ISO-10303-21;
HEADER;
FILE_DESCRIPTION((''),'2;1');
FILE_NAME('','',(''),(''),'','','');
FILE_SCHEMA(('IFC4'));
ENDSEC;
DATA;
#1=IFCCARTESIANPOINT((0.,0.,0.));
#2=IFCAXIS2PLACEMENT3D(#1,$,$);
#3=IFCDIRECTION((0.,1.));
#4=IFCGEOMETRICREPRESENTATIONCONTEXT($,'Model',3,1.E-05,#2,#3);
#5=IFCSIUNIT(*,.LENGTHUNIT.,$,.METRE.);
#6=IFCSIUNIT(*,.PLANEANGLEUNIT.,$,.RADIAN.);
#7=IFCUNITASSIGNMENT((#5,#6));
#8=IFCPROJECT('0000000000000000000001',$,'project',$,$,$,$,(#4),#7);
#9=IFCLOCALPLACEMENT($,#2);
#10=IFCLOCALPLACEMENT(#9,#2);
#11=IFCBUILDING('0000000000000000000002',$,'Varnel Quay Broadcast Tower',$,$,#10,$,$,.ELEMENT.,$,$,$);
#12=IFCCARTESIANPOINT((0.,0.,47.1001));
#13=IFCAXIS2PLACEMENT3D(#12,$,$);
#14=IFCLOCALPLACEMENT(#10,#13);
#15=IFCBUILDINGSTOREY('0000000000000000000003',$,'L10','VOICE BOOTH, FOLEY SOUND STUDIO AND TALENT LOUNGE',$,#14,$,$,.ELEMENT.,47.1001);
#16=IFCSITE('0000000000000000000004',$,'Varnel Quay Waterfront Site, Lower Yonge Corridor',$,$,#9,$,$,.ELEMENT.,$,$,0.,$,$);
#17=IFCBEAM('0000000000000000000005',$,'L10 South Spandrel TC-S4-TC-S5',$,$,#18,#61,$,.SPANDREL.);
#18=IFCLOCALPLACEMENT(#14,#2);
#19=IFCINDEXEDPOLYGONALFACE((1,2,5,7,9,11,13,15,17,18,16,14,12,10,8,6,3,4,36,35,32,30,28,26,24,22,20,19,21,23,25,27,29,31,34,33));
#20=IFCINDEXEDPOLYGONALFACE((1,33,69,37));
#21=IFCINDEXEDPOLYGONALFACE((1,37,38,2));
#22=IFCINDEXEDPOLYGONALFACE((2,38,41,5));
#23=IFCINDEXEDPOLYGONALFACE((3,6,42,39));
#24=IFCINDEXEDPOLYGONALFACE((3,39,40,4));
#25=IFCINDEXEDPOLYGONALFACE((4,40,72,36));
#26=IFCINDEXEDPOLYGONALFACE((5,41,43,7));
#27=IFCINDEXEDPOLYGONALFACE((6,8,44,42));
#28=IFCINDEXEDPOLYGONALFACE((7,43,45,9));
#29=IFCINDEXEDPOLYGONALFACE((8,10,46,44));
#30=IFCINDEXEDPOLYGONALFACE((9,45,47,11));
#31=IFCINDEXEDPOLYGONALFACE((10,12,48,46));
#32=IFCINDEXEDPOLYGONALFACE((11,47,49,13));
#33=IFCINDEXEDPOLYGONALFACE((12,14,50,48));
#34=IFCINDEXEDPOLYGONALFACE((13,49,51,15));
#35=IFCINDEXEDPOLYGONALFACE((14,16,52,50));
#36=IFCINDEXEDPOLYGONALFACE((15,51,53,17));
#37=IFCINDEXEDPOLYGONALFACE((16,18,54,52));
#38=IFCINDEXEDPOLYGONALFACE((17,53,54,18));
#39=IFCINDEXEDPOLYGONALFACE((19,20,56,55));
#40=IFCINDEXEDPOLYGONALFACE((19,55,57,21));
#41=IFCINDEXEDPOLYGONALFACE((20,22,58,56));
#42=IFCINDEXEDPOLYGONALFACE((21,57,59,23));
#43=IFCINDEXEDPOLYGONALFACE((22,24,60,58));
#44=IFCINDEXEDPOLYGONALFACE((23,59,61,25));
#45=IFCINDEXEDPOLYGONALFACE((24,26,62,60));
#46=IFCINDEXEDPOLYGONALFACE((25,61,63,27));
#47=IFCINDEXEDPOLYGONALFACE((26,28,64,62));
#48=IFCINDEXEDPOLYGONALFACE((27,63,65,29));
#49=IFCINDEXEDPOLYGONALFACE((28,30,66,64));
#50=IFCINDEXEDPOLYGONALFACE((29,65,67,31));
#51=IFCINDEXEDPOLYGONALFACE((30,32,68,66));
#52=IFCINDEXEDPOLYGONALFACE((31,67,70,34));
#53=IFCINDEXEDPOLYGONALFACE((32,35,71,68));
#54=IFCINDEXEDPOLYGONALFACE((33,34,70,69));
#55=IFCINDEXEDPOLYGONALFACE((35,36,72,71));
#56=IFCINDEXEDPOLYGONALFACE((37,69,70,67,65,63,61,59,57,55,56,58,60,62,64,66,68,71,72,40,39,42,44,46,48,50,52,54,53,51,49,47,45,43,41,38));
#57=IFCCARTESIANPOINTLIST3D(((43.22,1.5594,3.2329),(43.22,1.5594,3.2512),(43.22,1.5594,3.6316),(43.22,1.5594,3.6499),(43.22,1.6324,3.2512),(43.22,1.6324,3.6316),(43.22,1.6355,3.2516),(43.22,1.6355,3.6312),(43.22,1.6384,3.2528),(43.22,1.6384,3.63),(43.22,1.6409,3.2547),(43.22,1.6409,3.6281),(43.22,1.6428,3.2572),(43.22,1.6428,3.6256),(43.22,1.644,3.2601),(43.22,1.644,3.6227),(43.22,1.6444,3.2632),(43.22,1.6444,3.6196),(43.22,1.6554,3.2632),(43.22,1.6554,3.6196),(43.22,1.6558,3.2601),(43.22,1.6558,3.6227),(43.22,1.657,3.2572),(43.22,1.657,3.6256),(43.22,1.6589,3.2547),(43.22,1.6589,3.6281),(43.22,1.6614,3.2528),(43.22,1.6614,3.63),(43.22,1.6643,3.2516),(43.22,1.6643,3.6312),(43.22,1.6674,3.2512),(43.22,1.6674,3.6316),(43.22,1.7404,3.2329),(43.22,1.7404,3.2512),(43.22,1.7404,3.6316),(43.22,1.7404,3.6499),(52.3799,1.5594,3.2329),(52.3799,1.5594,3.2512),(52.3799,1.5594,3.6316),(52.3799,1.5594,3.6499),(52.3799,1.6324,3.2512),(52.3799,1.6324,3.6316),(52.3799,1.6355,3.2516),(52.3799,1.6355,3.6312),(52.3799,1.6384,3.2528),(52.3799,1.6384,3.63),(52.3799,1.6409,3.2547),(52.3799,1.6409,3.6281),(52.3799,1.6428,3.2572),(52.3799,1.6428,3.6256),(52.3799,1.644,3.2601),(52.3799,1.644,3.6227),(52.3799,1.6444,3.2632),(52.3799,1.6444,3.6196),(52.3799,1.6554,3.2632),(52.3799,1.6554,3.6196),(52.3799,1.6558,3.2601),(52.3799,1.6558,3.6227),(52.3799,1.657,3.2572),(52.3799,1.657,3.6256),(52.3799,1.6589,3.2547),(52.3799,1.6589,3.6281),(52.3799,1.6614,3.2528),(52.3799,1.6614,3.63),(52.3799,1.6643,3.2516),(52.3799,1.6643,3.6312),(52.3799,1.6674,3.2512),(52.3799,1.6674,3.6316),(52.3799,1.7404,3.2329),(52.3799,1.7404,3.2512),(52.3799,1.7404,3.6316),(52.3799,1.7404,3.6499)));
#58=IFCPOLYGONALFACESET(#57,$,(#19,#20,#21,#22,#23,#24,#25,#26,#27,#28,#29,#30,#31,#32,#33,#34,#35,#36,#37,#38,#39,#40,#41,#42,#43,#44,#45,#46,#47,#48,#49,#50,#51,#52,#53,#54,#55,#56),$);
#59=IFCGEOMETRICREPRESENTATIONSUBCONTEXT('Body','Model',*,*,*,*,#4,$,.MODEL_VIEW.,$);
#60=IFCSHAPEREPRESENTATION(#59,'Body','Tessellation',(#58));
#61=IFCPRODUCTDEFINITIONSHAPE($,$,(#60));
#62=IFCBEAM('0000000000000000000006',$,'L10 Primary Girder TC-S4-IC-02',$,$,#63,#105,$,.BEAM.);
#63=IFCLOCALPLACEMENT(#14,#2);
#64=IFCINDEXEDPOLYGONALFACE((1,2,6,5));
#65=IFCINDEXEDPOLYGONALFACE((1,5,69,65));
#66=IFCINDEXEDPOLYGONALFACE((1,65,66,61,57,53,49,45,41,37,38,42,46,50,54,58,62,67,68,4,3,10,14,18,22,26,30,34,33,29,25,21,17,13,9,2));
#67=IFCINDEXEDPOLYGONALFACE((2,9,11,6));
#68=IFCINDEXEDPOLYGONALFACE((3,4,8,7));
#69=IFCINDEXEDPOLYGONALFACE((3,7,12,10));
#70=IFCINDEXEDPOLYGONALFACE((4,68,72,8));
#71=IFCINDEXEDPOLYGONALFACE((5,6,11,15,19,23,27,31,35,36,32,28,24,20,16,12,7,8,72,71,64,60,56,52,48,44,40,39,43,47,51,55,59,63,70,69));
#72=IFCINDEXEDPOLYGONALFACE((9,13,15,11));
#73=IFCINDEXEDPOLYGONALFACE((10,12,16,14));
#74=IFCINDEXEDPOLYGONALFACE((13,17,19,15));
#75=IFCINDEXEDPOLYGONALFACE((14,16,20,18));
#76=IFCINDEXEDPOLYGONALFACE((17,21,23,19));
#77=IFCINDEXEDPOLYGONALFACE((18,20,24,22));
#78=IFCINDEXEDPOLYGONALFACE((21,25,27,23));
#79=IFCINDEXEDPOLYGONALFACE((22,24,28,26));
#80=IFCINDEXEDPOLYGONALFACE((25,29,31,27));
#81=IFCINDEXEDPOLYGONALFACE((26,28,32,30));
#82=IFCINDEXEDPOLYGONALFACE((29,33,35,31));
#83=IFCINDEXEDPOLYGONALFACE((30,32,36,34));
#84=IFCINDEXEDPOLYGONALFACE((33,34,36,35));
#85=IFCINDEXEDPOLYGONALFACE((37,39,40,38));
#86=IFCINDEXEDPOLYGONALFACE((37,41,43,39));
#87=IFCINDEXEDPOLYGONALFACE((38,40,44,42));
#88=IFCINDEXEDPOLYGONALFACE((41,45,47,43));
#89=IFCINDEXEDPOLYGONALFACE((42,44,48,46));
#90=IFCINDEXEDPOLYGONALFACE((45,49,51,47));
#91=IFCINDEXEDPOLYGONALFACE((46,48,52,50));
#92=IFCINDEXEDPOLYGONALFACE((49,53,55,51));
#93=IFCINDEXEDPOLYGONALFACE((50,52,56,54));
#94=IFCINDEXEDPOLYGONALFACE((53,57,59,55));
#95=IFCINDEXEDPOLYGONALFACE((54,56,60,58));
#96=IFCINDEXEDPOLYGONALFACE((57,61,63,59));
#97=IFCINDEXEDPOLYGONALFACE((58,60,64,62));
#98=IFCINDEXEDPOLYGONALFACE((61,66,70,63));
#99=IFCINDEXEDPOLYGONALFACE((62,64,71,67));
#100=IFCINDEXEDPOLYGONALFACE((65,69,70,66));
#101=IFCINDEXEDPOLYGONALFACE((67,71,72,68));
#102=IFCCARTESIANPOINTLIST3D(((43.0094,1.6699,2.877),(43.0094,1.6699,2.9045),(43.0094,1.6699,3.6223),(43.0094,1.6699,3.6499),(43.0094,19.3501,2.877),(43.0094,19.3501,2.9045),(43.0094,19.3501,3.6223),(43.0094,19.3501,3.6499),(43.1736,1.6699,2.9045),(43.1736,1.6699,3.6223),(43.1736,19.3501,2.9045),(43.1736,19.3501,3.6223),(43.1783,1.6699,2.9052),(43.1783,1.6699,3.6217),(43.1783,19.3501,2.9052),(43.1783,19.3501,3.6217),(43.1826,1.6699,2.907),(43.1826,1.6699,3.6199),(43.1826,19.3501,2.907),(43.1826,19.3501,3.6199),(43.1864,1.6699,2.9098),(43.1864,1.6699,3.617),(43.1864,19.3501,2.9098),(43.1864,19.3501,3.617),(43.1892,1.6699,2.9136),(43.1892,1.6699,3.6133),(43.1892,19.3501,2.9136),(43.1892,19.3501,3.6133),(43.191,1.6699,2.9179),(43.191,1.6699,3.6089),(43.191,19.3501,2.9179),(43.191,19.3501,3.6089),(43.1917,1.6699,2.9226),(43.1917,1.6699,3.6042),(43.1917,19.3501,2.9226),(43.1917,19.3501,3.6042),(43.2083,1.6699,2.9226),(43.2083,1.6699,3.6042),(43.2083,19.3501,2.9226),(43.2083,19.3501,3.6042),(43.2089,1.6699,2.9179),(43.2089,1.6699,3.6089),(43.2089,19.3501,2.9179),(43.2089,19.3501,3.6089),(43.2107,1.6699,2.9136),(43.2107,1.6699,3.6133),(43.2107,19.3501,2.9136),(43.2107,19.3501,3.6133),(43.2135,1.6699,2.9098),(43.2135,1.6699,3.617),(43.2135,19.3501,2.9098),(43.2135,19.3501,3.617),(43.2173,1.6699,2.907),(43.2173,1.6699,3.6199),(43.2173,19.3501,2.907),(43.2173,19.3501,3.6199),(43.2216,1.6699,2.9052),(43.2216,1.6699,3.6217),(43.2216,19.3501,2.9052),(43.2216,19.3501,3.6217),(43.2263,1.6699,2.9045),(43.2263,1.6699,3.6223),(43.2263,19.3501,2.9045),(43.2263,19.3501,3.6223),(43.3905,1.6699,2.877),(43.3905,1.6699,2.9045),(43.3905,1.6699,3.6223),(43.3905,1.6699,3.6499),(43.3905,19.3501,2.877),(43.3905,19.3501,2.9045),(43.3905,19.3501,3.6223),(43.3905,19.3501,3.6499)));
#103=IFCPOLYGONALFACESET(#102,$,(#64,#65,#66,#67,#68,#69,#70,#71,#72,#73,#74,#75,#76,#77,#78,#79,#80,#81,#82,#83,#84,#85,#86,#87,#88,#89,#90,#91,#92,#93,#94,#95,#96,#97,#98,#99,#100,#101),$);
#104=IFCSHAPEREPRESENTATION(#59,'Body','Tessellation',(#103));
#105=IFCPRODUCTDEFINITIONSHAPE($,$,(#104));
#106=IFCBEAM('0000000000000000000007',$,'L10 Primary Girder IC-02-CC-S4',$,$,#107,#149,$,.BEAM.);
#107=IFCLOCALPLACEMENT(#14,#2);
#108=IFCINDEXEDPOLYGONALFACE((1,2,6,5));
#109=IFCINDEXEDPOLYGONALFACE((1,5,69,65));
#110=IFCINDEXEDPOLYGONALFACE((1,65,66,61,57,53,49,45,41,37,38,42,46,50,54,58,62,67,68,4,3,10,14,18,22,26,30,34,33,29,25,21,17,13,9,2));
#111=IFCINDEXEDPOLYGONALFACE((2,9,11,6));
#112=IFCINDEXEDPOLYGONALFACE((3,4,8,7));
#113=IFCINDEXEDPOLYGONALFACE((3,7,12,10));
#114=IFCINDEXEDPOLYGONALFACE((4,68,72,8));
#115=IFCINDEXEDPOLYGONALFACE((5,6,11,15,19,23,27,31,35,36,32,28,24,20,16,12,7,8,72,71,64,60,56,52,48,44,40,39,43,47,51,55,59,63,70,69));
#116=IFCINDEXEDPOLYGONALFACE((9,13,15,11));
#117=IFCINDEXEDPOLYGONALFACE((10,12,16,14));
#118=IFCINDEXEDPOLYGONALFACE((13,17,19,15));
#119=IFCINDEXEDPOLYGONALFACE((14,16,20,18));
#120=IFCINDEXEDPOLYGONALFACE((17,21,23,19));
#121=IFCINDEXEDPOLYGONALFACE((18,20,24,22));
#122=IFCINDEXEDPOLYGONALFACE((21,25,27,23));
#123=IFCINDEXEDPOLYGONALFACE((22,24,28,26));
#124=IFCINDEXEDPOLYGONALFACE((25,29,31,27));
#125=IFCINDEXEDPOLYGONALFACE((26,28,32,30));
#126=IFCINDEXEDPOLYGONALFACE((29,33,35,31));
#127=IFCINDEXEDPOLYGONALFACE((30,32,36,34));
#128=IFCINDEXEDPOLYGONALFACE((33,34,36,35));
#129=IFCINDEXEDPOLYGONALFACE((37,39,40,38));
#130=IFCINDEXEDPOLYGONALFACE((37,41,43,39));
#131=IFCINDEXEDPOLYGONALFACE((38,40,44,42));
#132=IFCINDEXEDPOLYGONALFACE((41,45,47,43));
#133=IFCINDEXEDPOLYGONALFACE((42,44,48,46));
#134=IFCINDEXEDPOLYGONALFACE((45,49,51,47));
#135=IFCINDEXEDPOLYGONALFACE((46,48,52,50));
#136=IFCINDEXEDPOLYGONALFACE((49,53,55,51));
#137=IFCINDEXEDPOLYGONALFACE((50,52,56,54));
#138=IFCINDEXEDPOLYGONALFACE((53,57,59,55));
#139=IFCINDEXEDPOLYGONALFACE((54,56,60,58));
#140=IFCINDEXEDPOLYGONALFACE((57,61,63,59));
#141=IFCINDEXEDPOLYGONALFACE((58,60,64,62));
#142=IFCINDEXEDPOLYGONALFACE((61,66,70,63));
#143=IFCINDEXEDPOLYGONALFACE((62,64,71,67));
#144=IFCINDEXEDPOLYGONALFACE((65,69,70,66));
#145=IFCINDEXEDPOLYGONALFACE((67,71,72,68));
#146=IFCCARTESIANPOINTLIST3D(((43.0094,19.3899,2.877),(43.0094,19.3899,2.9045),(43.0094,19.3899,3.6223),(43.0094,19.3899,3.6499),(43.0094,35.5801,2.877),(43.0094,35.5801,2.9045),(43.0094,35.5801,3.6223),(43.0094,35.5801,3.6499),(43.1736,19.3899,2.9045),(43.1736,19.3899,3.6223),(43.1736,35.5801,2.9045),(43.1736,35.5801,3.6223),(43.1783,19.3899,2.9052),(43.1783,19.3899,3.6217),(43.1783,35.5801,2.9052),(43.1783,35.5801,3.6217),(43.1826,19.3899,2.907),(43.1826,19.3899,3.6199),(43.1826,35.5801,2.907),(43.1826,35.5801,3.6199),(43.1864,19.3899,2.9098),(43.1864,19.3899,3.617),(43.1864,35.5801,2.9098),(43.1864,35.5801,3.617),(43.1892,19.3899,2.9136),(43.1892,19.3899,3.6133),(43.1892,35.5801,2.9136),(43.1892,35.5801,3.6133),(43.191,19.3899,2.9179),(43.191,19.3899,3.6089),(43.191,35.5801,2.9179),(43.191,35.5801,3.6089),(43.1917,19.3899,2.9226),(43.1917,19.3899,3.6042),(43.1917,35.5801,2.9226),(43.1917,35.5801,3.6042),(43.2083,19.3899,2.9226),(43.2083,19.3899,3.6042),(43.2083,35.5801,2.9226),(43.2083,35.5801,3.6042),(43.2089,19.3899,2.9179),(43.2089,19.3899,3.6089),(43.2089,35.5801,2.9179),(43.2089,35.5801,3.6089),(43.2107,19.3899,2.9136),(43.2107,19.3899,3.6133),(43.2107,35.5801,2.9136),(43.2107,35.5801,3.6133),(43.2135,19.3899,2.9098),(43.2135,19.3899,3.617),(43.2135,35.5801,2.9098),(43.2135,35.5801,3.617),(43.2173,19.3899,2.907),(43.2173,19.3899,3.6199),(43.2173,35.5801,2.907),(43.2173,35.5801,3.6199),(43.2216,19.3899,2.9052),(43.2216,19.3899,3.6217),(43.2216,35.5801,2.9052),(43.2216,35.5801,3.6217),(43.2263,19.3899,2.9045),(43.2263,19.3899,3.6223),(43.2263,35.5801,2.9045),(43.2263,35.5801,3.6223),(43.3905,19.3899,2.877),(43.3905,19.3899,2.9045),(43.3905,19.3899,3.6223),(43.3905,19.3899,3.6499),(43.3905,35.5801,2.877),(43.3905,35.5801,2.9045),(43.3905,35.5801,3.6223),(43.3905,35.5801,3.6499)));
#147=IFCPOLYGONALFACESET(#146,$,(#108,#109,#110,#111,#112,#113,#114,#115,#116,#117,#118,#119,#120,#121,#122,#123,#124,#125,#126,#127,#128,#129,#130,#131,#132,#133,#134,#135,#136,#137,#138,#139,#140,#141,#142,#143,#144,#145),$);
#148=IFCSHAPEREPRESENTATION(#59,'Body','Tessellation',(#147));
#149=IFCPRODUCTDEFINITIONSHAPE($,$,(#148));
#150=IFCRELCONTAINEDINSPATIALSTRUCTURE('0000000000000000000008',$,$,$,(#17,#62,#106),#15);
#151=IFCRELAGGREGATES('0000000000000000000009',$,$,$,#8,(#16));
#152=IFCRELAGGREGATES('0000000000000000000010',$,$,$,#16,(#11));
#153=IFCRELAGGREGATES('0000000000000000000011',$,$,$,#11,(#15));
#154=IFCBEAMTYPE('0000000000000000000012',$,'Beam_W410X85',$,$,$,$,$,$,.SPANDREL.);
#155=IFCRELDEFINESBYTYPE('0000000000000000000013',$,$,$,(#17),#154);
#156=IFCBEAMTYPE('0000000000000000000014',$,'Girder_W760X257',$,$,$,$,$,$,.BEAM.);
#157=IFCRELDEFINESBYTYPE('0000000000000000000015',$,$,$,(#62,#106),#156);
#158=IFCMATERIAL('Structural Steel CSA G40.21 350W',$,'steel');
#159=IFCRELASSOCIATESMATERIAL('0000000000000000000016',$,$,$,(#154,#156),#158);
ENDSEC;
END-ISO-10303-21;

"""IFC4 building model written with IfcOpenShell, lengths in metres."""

from ifc_helpers import new_model, si_unit, direction, frame, origin, origin_2d, place, context, subcontext, project, spatial, i_section, extrude, source, transform, mapped, material, material_profile, profile_set, type_object, type_shapes, element, save


model = new_model("IFC4")

# Units and contexts
model_context = context("Model", 3, precision=1e-05, world=origin(), true_north=direction((0.0, 1.0)))
body_context = subcontext(model_context, "Body", "Model", "MODEL_VIEW")
ifc_project = project(units=[si_unit("LENGTHUNIT", "METRE"), si_unit("PLANEANGLEUNIT", "RADIAN")], contexts=[model_context])

# Site, building, storey
site_placement = place(None, origin())
site = spatial("IfcSite", under=ifc_project, at=site_placement, Name="Varnel Quay Waterfront Site, Lower Yonge Corridor", CompositionType="ELEMENT", RefElevation=0.0)
building_placement = place(site_placement, origin())
building = spatial("IfcBuilding", under=site, at=building_placement, Name="Varnel Quay Broadcast Tower", CompositionType="ELEMENT")
storey_placement = place(building_placement, frame((0.0, 0.0, 47.1001)))
storey = spatial("IfcBuildingStorey", under=building, at=storey_placement, Name="L10", Description="VOICE BOOTH, FOLEY SOUND STUDIO AND TALENT LOUNGE", CompositionType="ELEMENT", Elevation=47.1001)

# Shared definitions
ifc_material_1 = material(Name="Structural Steel CSA G40.21 350W", Category="steel")

# Beams
ifc_material_profile_1 = material_profile(ifc_material_1, i_section(OverallWidth=0.1809, OverallDepth=0.417, WebThickness=0.011, FlangeThickness=0.0183, FilletRadius=0.012, at=origin_2d()), Name="W410X85")
ifc_profile_set_1 = profile_set([ifc_material_profile_1], Name="Structural Steel CSA G40.21 350W")
beam_type_1 = type_object("IfcBeamType", Name="Beam_W410X85", PredefinedType="SPANDREL", material=ifc_profile_set_1)
shared_shape_1 = source(origin(), body_context, "Body", "SweptSolid", [
    extrude(i_section(OverallWidth=0.1809, OverallDepth=0.417, WebThickness=0.011, FlangeThickness=0.0183, FilletRadius=0.012, at=origin_2d()), origin(), (0.0, 0.0, 1.0), 9.1599),
])
type_shapes(beam_type_1, [shared_shape_1])
for number, where, z_axis, x_axis, name in (
    (1, (43.22, 1.6499, 3.4414), (1.0, 0.0, 0.0), (0.0, 1.0, 0.0), "L10 South Spandrel TC-S4-TC-S5"),
):
    element("IfcBeam", number, at=place(storey_placement, frame(where, z_axis=z_axis, x_axis=x_axis)), inside=storey, type_object=beam_type_1, Name=name, PredefinedType="SPANDREL", context=body_context, shape_type="MappedRepresentation", body=[
        mapped(shared_shape_1, transform((0.0, 0.0, 0.0), x_axis=(1.0, 0.0, 0.0), y_axis=(0.0, 1.0, 0.0), z_axis=(0.0, 0.0, 1.0), scale=1.0)),
    ])
ifc_material_profile_2 = material_profile(ifc_material_1, i_section(OverallWidth=0.3811, OverallDepth=0.7729, WebThickness=0.0166, FlangeThickness=0.0276, FilletRadius=0.0181, at=origin_2d()), Name="W760X257")
ifc_profile_set_2 = profile_set([ifc_material_profile_2], Name="Structural Steel CSA G40.21 350W")
beam_type_2 = type_object("IfcBeamType", Name="Girder_W760X257", PredefinedType="BEAM", material=ifc_profile_set_2)
shared_shape_2 = source(origin(), body_context, "Body", "SweptSolid", [
    extrude(i_section(OverallWidth=0.3811, OverallDepth=0.7729, WebThickness=0.0166, FlangeThickness=0.0276, FilletRadius=0.0181, at=origin_2d()), origin(), (0.0, 0.0, 1.0), 17.6802),
])
beam_1_placement = place(storey_placement, frame((43.2, 1.6699, 3.2634), z_axis=(0.0, 1.0, 0.0), x_axis=(-1.0, 0.0, 0.0)))
element("IfcBeam", 2, at=beam_1_placement, inside=storey, type_object=beam_type_2, Name="L10 Primary Girder TC-S4-IC-02", PredefinedType="BEAM", context=body_context, shape_type="MappedRepresentation", body=[
    mapped(shared_shape_2, transform((0.0, 0.0, 0.0), x_axis=(1.0, 0.0, 0.0), y_axis=(0.0, 1.0, 0.0), z_axis=(0.0, 0.0, 1.0), scale=1.0)),
])
shared_shape_3 = source(origin(), body_context, "Body", "SweptSolid", [
    extrude(i_section(OverallWidth=0.3811, OverallDepth=0.7729, WebThickness=0.0166, FlangeThickness=0.0276, FilletRadius=0.0181, at=origin_2d()), origin(), (0.0, 0.0, 1.0), 16.1902),
])
beam_2_placement = place(storey_placement, frame((43.2, 19.3899, 3.2634), z_axis=(0.0, 1.0, 0.0), x_axis=(-1.0, 0.0, 0.0)))
element("IfcBeam", 3, at=beam_2_placement, inside=storey, type_object=beam_type_2, Name="L10 Primary Girder IC-02-CC-S4", PredefinedType="BEAM", context=body_context, shape_type="MappedRepresentation", body=[
    mapped(shared_shape_3, transform((0.0, 0.0, 0.0), x_axis=(1.0, 0.0, 0.0), y_axis=(0.0, 1.0, 0.0), z_axis=(0.0, 0.0, 1.0), scale=1.0)),
])

save(model, "model.ifc")
